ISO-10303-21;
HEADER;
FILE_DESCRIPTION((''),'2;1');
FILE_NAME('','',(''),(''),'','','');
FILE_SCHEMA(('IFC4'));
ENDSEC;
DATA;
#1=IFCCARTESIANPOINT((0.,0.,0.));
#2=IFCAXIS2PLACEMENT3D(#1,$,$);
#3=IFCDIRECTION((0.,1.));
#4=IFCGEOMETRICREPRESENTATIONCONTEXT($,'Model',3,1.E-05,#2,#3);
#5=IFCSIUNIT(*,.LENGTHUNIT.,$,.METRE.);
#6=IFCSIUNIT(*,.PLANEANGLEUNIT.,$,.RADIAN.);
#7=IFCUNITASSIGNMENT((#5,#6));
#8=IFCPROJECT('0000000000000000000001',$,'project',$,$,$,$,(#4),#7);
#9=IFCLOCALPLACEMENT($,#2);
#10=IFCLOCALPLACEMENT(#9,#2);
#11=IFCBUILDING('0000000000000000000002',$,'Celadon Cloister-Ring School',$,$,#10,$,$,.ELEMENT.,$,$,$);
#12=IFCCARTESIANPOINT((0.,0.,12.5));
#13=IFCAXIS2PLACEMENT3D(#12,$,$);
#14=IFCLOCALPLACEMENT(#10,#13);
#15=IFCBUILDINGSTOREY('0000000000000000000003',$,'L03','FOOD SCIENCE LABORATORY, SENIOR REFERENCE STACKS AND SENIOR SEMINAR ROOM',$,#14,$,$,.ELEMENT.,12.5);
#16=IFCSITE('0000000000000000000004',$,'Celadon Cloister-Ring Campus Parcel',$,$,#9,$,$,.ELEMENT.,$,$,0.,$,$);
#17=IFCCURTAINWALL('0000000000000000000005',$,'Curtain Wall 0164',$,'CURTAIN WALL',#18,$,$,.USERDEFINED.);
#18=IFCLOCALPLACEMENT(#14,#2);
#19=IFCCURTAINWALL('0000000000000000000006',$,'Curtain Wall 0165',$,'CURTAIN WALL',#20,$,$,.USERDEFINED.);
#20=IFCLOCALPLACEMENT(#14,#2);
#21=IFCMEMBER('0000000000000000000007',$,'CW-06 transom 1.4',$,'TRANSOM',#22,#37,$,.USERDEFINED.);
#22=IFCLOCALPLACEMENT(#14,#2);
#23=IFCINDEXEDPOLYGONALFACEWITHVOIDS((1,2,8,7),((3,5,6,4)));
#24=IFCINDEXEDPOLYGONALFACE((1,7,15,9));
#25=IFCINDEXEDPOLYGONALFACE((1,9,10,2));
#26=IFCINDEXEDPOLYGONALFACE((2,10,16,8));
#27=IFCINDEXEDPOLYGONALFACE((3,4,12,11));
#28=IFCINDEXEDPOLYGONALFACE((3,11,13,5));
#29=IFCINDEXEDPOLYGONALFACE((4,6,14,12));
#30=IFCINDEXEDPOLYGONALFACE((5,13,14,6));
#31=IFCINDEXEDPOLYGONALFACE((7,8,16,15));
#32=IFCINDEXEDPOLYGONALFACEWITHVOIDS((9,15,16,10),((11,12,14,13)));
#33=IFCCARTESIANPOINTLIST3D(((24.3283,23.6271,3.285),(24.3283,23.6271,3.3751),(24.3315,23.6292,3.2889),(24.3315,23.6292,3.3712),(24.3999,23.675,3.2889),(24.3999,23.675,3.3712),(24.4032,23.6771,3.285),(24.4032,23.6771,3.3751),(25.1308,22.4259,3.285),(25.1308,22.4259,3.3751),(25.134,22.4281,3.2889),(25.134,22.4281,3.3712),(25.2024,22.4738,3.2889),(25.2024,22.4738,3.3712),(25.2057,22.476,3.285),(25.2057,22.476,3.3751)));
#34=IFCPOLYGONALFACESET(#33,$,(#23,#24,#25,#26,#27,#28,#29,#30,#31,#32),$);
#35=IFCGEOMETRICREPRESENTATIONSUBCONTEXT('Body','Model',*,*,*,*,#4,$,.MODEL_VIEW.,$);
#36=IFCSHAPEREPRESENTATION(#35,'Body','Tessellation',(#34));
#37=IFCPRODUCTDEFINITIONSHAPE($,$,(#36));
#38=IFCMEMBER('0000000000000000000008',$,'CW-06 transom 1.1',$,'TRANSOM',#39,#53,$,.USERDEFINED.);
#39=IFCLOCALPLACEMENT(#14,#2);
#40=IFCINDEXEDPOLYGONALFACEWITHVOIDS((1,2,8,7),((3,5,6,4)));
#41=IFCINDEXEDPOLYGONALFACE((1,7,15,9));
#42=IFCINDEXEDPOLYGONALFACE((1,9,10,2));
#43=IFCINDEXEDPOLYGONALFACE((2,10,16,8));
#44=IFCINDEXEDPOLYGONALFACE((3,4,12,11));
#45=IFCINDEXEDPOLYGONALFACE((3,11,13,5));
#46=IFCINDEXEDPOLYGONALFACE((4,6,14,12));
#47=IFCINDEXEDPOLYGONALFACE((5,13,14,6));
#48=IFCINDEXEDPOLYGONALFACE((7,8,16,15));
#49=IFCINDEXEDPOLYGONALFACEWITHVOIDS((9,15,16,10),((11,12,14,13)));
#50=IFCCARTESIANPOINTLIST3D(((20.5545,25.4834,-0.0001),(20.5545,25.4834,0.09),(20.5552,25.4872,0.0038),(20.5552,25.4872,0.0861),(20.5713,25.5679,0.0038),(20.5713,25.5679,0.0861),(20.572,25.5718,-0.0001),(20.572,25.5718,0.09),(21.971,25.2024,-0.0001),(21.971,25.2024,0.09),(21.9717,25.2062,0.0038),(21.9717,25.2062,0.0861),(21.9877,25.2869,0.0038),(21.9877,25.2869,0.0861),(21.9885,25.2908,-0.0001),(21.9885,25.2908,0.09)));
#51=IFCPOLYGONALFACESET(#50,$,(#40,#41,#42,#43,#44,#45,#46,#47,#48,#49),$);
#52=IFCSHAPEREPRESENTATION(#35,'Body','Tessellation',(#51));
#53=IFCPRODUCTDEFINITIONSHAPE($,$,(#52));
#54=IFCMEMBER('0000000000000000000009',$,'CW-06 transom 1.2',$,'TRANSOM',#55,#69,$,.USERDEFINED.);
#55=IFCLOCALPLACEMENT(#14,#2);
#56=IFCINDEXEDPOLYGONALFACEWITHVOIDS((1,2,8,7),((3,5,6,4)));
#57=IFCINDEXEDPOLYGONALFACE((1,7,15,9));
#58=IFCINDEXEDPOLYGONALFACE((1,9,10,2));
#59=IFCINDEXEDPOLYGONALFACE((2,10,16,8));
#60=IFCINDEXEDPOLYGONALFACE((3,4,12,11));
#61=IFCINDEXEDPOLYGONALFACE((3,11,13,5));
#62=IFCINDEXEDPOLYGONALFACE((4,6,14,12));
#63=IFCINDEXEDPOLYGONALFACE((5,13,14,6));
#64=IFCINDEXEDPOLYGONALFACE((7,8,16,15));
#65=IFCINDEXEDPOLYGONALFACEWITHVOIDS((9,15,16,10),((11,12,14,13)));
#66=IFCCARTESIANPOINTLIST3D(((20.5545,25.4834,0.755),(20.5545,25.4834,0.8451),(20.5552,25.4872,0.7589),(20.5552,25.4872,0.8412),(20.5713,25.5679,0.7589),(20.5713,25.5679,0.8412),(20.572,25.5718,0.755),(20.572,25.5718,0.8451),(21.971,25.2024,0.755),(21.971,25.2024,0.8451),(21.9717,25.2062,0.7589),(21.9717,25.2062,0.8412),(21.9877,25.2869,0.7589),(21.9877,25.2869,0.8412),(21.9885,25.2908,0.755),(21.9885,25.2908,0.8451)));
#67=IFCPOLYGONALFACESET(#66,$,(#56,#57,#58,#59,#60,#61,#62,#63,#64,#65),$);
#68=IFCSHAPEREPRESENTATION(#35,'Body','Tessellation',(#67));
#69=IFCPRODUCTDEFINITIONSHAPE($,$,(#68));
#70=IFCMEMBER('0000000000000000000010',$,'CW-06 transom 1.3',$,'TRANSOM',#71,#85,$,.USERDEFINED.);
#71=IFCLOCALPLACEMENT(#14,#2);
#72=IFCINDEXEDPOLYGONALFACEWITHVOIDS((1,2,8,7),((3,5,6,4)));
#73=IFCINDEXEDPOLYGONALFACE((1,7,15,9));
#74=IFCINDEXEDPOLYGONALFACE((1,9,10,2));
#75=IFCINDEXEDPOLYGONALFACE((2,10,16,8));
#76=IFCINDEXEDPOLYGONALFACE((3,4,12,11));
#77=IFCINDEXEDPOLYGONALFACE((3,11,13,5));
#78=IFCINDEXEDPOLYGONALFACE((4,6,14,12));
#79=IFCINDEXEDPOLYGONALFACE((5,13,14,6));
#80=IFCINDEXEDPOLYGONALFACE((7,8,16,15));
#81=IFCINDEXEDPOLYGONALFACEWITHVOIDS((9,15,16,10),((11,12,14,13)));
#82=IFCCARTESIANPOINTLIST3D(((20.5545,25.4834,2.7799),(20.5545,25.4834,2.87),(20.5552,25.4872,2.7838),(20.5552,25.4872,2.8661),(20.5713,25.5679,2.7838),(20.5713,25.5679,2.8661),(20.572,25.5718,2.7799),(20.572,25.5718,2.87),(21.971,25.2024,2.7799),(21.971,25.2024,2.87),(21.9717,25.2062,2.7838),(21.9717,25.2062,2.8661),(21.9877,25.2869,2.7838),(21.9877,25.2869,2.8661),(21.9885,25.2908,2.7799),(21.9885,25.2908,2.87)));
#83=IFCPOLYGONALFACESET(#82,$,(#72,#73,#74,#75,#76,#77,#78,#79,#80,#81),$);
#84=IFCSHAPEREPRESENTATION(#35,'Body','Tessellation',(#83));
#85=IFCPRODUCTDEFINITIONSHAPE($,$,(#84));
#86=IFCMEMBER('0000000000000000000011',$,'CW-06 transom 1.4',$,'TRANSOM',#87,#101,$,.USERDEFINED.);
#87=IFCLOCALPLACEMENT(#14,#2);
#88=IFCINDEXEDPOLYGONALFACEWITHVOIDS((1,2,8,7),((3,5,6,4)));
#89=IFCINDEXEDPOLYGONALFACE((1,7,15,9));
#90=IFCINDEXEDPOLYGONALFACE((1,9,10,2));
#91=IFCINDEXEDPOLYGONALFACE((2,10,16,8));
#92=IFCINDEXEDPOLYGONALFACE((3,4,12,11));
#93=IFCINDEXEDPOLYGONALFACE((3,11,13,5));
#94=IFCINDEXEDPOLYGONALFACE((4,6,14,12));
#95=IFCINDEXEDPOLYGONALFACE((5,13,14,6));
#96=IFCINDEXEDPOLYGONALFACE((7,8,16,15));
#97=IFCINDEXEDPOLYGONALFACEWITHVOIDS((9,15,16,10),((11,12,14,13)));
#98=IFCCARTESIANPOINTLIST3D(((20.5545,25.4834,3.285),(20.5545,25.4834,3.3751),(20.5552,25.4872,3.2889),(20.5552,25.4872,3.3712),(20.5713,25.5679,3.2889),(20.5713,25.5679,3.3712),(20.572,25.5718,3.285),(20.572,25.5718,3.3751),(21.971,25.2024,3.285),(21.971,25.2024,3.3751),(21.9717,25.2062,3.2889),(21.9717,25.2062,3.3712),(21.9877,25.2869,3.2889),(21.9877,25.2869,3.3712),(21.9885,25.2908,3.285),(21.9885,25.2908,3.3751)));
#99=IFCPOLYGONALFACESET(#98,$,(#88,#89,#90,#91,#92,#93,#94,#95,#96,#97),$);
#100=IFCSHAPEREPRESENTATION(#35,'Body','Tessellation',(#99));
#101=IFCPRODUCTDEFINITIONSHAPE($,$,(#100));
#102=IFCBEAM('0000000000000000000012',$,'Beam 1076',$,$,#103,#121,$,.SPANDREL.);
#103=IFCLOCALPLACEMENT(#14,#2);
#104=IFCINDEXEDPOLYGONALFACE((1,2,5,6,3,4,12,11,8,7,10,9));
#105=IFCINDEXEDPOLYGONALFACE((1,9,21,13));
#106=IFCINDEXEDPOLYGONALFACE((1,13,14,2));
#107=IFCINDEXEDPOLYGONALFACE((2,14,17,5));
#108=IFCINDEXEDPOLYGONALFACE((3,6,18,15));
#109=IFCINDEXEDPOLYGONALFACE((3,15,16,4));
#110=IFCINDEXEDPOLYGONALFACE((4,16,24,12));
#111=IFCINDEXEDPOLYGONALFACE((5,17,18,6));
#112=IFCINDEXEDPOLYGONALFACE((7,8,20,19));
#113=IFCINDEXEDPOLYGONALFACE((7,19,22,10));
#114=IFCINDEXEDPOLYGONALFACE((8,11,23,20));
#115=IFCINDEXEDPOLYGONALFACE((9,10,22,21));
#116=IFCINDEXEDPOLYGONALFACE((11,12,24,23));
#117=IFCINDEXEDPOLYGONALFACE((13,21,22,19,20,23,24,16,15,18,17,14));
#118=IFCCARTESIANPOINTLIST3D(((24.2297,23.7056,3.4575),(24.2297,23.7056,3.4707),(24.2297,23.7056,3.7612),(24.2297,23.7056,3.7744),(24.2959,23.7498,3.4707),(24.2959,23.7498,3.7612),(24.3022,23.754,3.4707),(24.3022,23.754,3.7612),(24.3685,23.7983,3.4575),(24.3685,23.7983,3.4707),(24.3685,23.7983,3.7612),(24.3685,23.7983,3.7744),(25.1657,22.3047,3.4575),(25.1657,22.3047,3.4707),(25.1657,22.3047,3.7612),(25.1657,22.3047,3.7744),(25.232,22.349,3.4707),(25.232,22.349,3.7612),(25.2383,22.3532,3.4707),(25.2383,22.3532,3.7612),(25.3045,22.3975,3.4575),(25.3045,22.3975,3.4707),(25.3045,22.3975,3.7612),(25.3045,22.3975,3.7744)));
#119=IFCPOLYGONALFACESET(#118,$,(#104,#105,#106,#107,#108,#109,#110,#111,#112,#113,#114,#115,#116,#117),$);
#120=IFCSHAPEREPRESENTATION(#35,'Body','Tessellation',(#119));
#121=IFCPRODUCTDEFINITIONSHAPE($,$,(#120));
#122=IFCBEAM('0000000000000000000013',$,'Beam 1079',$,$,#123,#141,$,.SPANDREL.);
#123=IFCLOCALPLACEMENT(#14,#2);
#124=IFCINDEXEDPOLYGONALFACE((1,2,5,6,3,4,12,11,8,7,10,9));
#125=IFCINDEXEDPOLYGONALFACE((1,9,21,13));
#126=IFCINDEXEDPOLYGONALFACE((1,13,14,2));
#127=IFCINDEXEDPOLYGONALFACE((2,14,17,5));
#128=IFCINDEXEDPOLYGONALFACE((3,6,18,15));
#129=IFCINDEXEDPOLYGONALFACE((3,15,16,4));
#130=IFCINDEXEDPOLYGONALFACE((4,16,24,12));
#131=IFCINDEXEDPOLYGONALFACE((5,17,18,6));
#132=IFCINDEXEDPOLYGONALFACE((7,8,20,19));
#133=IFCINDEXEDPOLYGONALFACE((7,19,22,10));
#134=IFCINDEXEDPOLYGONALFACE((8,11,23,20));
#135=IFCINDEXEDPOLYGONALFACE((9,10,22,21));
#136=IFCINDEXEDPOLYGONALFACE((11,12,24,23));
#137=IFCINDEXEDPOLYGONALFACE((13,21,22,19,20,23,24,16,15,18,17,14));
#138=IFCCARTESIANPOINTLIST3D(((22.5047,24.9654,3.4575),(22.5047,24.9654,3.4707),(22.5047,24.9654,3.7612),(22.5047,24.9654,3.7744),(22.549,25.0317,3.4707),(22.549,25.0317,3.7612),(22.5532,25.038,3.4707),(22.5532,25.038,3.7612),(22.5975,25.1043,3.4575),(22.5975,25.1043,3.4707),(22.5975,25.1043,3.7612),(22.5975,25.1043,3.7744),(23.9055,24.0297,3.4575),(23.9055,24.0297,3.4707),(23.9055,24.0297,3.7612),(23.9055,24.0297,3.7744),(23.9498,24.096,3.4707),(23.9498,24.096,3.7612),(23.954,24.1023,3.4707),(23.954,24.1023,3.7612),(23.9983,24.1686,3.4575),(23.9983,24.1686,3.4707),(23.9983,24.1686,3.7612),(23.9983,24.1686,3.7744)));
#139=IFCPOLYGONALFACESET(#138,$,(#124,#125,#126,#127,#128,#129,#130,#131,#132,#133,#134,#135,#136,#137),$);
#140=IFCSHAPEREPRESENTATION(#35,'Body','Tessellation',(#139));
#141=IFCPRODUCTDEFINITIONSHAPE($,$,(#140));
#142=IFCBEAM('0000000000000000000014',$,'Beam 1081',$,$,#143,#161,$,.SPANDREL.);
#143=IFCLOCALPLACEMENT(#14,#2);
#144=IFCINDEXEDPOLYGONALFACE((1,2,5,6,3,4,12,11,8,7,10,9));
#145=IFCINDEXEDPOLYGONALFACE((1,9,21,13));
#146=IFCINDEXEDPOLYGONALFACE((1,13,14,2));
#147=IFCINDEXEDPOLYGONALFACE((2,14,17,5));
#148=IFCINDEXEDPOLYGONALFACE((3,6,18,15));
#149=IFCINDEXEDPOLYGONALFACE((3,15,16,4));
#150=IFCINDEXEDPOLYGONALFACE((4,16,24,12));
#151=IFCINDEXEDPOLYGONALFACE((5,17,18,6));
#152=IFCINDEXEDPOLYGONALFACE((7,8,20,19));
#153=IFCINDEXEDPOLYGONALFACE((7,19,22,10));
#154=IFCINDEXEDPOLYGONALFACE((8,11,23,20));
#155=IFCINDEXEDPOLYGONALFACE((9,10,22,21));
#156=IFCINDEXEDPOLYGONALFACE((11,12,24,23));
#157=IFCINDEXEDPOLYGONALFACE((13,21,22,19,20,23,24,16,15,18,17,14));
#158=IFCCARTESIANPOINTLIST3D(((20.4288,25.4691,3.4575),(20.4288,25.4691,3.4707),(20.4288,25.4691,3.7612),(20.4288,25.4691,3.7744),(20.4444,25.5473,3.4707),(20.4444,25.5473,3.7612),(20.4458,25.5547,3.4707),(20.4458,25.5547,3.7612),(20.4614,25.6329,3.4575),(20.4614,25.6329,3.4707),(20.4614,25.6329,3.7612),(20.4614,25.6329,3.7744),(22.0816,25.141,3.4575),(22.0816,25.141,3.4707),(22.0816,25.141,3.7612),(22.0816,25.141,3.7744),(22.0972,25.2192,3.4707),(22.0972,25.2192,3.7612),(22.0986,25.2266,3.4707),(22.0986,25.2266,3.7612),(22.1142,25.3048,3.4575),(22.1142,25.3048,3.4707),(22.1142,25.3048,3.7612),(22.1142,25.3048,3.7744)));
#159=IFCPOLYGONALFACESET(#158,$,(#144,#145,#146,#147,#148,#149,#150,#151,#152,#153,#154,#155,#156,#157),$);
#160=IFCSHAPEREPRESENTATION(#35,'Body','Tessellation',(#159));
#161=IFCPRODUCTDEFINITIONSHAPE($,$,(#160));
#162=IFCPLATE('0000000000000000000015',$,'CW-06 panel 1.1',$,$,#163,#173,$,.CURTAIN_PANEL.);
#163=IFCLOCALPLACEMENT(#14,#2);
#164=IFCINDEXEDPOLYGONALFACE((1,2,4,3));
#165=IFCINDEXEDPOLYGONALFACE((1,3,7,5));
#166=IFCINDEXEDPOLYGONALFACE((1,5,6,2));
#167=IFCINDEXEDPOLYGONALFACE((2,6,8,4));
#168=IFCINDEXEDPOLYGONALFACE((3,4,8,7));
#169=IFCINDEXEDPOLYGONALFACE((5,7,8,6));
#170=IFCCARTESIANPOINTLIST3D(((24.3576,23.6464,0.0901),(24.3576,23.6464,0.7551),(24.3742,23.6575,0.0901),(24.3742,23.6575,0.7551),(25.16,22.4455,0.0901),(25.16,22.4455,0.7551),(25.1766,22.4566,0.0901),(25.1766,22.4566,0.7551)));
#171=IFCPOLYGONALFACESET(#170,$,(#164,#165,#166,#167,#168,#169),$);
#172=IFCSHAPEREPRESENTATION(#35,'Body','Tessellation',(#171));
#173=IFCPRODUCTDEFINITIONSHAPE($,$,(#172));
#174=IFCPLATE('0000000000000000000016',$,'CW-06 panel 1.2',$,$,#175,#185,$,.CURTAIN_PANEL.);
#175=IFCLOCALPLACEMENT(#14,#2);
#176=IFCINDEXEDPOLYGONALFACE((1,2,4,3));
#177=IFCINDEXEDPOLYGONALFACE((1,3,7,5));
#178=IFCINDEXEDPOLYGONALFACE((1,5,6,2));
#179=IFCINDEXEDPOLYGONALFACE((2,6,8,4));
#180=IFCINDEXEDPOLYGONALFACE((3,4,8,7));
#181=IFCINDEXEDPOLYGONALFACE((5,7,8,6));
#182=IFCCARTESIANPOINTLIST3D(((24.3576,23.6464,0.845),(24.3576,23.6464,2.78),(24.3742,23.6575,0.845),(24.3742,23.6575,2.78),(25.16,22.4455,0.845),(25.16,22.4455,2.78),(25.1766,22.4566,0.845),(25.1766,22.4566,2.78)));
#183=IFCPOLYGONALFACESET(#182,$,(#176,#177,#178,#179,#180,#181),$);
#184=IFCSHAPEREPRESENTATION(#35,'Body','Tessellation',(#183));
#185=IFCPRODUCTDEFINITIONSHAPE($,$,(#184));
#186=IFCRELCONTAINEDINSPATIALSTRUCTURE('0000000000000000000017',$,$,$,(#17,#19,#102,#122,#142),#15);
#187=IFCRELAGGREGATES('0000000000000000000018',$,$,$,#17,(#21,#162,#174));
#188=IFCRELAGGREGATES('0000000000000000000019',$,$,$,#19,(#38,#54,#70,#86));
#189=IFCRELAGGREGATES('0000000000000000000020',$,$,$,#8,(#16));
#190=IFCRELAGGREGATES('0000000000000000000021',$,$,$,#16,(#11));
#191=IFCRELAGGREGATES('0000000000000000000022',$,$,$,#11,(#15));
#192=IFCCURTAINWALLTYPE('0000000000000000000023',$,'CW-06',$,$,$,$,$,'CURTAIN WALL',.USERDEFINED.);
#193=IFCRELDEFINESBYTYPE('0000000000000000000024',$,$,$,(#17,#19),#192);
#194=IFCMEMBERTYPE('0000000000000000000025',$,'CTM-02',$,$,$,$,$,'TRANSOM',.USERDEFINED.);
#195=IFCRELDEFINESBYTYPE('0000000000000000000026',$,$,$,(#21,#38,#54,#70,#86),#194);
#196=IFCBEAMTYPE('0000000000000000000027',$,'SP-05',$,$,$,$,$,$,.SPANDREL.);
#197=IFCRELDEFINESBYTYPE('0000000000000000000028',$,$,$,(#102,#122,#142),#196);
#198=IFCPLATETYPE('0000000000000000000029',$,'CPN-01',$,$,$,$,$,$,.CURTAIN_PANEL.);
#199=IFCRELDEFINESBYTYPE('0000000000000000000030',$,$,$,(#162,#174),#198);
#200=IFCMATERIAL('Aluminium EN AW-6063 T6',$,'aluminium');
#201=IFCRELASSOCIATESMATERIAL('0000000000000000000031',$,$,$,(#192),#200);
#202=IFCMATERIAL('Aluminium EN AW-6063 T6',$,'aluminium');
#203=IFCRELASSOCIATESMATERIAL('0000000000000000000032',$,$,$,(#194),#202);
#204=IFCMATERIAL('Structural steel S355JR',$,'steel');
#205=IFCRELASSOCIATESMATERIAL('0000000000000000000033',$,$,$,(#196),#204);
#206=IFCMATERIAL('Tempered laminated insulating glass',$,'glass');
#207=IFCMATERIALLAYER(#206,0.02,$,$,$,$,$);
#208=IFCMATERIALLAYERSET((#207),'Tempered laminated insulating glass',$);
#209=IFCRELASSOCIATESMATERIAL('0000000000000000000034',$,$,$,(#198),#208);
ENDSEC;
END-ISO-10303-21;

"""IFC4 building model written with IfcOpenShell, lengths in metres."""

from ifc_helpers import new_model, si_unit, direction, frame, origin, origin_2d, place, context, subcontext, project, spatial, rectangle, hollow_rectangle, i_section, extrude, material, layer, layer_set, material_profile, profile_set, type_object, element, aggregate, save


model = new_model("IFC4")

# Units and contexts
model_context = context("Model", 3, precision=1e-05, world=origin(), true_north=direction((0.0, 1.0)))
body_context = subcontext(model_context, "Body", "Model", "MODEL_VIEW")
ifc_project = project(units=[si_unit("LENGTHUNIT", "METRE"), si_unit("PLANEANGLEUNIT", "RADIAN")], contexts=[model_context])

# Site, building, storey
site_placement = place(None, origin())
site = spatial("IfcSite", under=ifc_project, at=site_placement, Name="Celadon Cloister-Ring Campus Parcel", CompositionType="ELEMENT", RefElevation=0.0)
building_placement = place(site_placement, origin())
building = spatial("IfcBuilding", under=site, at=building_placement, Name="Celadon Cloister-Ring School", CompositionType="ELEMENT")
storey_placement = place(building_placement, frame((0.0, 0.0, 12.5)))
storey = spatial("IfcBuildingStorey", under=building, at=storey_placement, Name="L03", Description="FOOD SCIENCE LABORATORY, SENIOR REFERENCE STACKS AND SENIOR SEMINAR ROOM", CompositionType="ELEMENT", Elevation=12.5)

# Curtain wall
ifc_material_1 = material(Name="Aluminium EN AW-6063 T6", Category="aluminium")
curtain_wall_type = type_object("IfcCurtainWallType", Name="CW-06", ElementType="CURTAIN WALL", PredefinedType="USERDEFINED", material=ifc_material_1)
curtain_wall_1_placement = place(storey_placement, origin())
curtain_wall_1 = element("IfcCurtainWall", 1, at=curtain_wall_1_placement, inside=storey, type_object=curtain_wall_type, Name="Curtain Wall 0164", ObjectType="CURTAIN WALL", PredefinedType="USERDEFINED")

# Curtain wall
curtain_wall_2_placement = place(storey_placement, origin())
curtain_wall_2 = element("IfcCurtainWall", 2, at=curtain_wall_2_placement, inside=storey, type_object=curtain_wall_type, Name="Curtain Wall 0165", ObjectType="CURTAIN WALL", PredefinedType="USERDEFINED")

# Members
ifc_material_2 = material(Name="Aluminium EN AW-6063 T6", Category="aluminium")
ifc_material_profile_1 = material_profile(ifc_material_2, hollow_rectangle(XDim=0.0901, YDim=0.0901, WallThickness=0.0039, at=origin_2d()), Name="RHS90X90X4")
ifc_profile_set_1 = profile_set([ifc_material_profile_1], Name="Aluminium EN AW-6063 T6")
member_type_1 = type_object("IfcMemberType", Name="CTM-02", ElementType="TRANSOM", PredefinedType="USERDEFINED", material=ifc_profile_set_1)
member_1_placement = place(storey_placement, frame((25.1682, 22.4509, 3.3301), z_axis=(-0.555519, 0.831504, 0.0), x_axis=(-0.831504, -0.555519, 0.0)))
member_1 = element("IfcMember", 3, at=member_1_placement, type_object=member_type_1, Name="CW-06 transom 1.4", ObjectType="TRANSOM", PredefinedType="USERDEFINED", context=body_context, shape_type="SweptSolid", body=[
    extrude(hollow_rectangle(XDim=0.0901, YDim=0.0901, WallThickness=0.0039, at=origin_2d()), origin(), (0.0, 0.0, 1.0), 1.4446),
])
member_2_placement = place(storey_placement, frame((21.9797, 25.2466, 0.0449), z_axis=(-0.980885, 0.194588, 0.0), x_axis=(-0.194588, -0.980885, 0.0)))
member_2 = element("IfcMember", 4, at=member_2_placement, type_object=member_type_1, Name="CW-06 transom 1.1", ObjectType="TRANSOM", PredefinedType="USERDEFINED", context=body_context, shape_type="SweptSolid", body=[
    extrude(hollow_rectangle(XDim=0.0901, YDim=0.0901, WallThickness=0.0039, at=origin_2d()), origin(), (0.0, 0.0, 1.0), 1.4441),
])
member_3_placement = place(storey_placement, frame((21.9797, 25.2466, 0.8), z_axis=(-0.980885, 0.194588, 0.0), x_axis=(-0.194588, -0.980885, 0.0)))
member_3 = element("IfcMember", 5, at=member_3_placement, type_object=member_type_1, Name="CW-06 transom 1.2", ObjectType="TRANSOM", PredefinedType="USERDEFINED", context=body_context, shape_type="SweptSolid", body=[
    extrude(hollow_rectangle(XDim=0.0901, YDim=0.0901, WallThickness=0.0039, at=origin_2d()), origin(), (0.0, 0.0, 1.0), 1.4441),
])
member_4_placement = place(storey_placement, frame((21.9797, 25.2466, 2.825), z_axis=(-0.980885, 0.194588, 0.0), x_axis=(-0.194588, -0.980885, 0.0)))
member_4 = element("IfcMember", 6, at=member_4_placement, type_object=member_type_1, Name="CW-06 transom 1.3", ObjectType="TRANSOM", PredefinedType="USERDEFINED", context=body_context, shape_type="SweptSolid", body=[
    extrude(hollow_rectangle(XDim=0.0901, YDim=0.0901, WallThickness=0.0039, at=origin_2d()), origin(), (0.0, 0.0, 1.0), 1.4441),
])
member_5_placement = place(storey_placement, frame((21.9797, 25.2466, 3.3301), z_axis=(-0.980885, 0.194588, 0.0), x_axis=(-0.194588, -0.980885, 0.0)))
member_5 = element("IfcMember", 7, at=member_5_placement, type_object=member_type_1, Name="CW-06 transom 1.4", ObjectType="TRANSOM", PredefinedType="USERDEFINED", context=body_context, shape_type="SweptSolid", body=[
    extrude(hollow_rectangle(XDim=0.0901, YDim=0.0901, WallThickness=0.0039, at=origin_2d()), origin(), (0.0, 0.0, 1.0), 1.4441),
])

# Beams
ifc_material_3 = material(Name="Structural steel S355JR", Category="steel")
ifc_material_profile_2 = material_profile(ifc_material_3, i_section(OverallWidth=0.167, OverallDepth=0.3169, WebThickness=0.0076, FlangeThickness=0.0132, at=origin_2d()), Name="W310X52")
ifc_profile_set_2 = profile_set([ifc_material_profile_2], Name="Structural steel S355JR")
beam_type = type_object("IfcBeamType", Name="SP-05", PredefinedType="SPANDREL", material=ifc_profile_set_2)
beam_1_placement = place(storey_placement, frame((25.2351, 22.3511, 3.616), z_axis=(-0.555569, 0.83147, 0.0), x_axis=(-0.83147, -0.555569, 0.0)))
element("IfcBeam", 8, at=beam_1_placement, inside=storey, type_object=beam_type, Name="Beam 1076", PredefinedType="SPANDREL", context=body_context, shape_type="SweptSolid", body=[
    extrude(i_section(OverallWidth=0.167, OverallDepth=0.3169, WebThickness=0.0076, FlangeThickness=0.0132, at=origin_2d()), origin(), (0.0, 0.0, 1.0), 1.6848),
])
beam_2_placement = place(storey_placement, frame((23.9519, 24.0991, 3.616), z_axis=(-0.831537, 0.555469, 0.0), x_axis=(-0.555469, -0.831537, 0.0)))
element("IfcBeam", 9, at=beam_2_placement, inside=storey, type_object=beam_type, Name="Beam 1079", PredefinedType="SPANDREL", context=body_context, shape_type="SweptSolid", body=[
    extrude(i_section(OverallWidth=0.167, OverallDepth=0.3169, WebThickness=0.0076, FlangeThickness=0.0132, at=origin_2d()), origin(), (0.0, 0.0, 1.0), 1.6846),
])
beam_3_placement = place(storey_placement, frame((22.0979, 25.2229, 3.616), z_axis=(-0.980858, 0.194723, 0.0), x_axis=(-0.194723, -0.980858, 0.0)))
element("IfcBeam", 10, at=beam_3_placement, inside=storey, type_object=beam_type, Name="Beam 1081", PredefinedType="SPANDREL", context=body_context, shape_type="SweptSolid", body=[
    extrude(i_section(OverallWidth=0.167, OverallDepth=0.3169, WebThickness=0.0076, FlangeThickness=0.0132, at=origin_2d()), origin(), (0.0, 0.0, 1.0), 1.6851),
])

# Plates
ifc_material_4 = material(Name="Tempered laminated insulating glass", Category="glass")
ifc_layer_1 = layer(ifc_material_4, 0.02)
ifc_layer_set_1 = layer_set([ifc_layer_1], Name="Tempered laminated insulating glass")
plate_type = type_object("IfcPlateType", Name="CPN-01", PredefinedType="CURTAIN_PANEL", material=ifc_layer_set_1)
plate_1_placement = place(storey_placement, frame((24.7671, 23.0515, 0.0901), z_axis=(0.0, 0.0, 1.0), x_axis=(-0.555547, 0.831485, 0.0)))
plate_1 = element("IfcPlate", 11, at=plate_1_placement, type_object=plate_type, Name="CW-06 panel 1.1", PredefinedType="CURTAIN_PANEL", context=body_context, shape_type="SweptSolid", body=[
    extrude(rectangle(XDim=1.4443, YDim=0.02, at=origin_2d()), origin(), (0.0, 0.0, 1.0), 0.665),
])
plate_2_placement = place(storey_placement, frame((24.7671, 23.0515, 0.845), z_axis=(0.0, 0.0, 1.0), x_axis=(-0.555547, 0.831485, 0.0)))
plate_2 = element("IfcPlate", 12, at=plate_2_placement, type_object=plate_type, Name="CW-06 panel 1.2", PredefinedType="CURTAIN_PANEL", context=body_context, shape_type="SweptSolid", body=[
    extrude(rectangle(XDim=1.4443, YDim=0.02, at=origin_2d()), origin(), (0.0, 0.0, 1.0), 1.9351),
])
aggregate(curtain_wall_1, [member_1, plate_1, plate_2])
aggregate(curtain_wall_2, [member_2, member_3, member_4, member_5])

save(model, "model.ifc")
